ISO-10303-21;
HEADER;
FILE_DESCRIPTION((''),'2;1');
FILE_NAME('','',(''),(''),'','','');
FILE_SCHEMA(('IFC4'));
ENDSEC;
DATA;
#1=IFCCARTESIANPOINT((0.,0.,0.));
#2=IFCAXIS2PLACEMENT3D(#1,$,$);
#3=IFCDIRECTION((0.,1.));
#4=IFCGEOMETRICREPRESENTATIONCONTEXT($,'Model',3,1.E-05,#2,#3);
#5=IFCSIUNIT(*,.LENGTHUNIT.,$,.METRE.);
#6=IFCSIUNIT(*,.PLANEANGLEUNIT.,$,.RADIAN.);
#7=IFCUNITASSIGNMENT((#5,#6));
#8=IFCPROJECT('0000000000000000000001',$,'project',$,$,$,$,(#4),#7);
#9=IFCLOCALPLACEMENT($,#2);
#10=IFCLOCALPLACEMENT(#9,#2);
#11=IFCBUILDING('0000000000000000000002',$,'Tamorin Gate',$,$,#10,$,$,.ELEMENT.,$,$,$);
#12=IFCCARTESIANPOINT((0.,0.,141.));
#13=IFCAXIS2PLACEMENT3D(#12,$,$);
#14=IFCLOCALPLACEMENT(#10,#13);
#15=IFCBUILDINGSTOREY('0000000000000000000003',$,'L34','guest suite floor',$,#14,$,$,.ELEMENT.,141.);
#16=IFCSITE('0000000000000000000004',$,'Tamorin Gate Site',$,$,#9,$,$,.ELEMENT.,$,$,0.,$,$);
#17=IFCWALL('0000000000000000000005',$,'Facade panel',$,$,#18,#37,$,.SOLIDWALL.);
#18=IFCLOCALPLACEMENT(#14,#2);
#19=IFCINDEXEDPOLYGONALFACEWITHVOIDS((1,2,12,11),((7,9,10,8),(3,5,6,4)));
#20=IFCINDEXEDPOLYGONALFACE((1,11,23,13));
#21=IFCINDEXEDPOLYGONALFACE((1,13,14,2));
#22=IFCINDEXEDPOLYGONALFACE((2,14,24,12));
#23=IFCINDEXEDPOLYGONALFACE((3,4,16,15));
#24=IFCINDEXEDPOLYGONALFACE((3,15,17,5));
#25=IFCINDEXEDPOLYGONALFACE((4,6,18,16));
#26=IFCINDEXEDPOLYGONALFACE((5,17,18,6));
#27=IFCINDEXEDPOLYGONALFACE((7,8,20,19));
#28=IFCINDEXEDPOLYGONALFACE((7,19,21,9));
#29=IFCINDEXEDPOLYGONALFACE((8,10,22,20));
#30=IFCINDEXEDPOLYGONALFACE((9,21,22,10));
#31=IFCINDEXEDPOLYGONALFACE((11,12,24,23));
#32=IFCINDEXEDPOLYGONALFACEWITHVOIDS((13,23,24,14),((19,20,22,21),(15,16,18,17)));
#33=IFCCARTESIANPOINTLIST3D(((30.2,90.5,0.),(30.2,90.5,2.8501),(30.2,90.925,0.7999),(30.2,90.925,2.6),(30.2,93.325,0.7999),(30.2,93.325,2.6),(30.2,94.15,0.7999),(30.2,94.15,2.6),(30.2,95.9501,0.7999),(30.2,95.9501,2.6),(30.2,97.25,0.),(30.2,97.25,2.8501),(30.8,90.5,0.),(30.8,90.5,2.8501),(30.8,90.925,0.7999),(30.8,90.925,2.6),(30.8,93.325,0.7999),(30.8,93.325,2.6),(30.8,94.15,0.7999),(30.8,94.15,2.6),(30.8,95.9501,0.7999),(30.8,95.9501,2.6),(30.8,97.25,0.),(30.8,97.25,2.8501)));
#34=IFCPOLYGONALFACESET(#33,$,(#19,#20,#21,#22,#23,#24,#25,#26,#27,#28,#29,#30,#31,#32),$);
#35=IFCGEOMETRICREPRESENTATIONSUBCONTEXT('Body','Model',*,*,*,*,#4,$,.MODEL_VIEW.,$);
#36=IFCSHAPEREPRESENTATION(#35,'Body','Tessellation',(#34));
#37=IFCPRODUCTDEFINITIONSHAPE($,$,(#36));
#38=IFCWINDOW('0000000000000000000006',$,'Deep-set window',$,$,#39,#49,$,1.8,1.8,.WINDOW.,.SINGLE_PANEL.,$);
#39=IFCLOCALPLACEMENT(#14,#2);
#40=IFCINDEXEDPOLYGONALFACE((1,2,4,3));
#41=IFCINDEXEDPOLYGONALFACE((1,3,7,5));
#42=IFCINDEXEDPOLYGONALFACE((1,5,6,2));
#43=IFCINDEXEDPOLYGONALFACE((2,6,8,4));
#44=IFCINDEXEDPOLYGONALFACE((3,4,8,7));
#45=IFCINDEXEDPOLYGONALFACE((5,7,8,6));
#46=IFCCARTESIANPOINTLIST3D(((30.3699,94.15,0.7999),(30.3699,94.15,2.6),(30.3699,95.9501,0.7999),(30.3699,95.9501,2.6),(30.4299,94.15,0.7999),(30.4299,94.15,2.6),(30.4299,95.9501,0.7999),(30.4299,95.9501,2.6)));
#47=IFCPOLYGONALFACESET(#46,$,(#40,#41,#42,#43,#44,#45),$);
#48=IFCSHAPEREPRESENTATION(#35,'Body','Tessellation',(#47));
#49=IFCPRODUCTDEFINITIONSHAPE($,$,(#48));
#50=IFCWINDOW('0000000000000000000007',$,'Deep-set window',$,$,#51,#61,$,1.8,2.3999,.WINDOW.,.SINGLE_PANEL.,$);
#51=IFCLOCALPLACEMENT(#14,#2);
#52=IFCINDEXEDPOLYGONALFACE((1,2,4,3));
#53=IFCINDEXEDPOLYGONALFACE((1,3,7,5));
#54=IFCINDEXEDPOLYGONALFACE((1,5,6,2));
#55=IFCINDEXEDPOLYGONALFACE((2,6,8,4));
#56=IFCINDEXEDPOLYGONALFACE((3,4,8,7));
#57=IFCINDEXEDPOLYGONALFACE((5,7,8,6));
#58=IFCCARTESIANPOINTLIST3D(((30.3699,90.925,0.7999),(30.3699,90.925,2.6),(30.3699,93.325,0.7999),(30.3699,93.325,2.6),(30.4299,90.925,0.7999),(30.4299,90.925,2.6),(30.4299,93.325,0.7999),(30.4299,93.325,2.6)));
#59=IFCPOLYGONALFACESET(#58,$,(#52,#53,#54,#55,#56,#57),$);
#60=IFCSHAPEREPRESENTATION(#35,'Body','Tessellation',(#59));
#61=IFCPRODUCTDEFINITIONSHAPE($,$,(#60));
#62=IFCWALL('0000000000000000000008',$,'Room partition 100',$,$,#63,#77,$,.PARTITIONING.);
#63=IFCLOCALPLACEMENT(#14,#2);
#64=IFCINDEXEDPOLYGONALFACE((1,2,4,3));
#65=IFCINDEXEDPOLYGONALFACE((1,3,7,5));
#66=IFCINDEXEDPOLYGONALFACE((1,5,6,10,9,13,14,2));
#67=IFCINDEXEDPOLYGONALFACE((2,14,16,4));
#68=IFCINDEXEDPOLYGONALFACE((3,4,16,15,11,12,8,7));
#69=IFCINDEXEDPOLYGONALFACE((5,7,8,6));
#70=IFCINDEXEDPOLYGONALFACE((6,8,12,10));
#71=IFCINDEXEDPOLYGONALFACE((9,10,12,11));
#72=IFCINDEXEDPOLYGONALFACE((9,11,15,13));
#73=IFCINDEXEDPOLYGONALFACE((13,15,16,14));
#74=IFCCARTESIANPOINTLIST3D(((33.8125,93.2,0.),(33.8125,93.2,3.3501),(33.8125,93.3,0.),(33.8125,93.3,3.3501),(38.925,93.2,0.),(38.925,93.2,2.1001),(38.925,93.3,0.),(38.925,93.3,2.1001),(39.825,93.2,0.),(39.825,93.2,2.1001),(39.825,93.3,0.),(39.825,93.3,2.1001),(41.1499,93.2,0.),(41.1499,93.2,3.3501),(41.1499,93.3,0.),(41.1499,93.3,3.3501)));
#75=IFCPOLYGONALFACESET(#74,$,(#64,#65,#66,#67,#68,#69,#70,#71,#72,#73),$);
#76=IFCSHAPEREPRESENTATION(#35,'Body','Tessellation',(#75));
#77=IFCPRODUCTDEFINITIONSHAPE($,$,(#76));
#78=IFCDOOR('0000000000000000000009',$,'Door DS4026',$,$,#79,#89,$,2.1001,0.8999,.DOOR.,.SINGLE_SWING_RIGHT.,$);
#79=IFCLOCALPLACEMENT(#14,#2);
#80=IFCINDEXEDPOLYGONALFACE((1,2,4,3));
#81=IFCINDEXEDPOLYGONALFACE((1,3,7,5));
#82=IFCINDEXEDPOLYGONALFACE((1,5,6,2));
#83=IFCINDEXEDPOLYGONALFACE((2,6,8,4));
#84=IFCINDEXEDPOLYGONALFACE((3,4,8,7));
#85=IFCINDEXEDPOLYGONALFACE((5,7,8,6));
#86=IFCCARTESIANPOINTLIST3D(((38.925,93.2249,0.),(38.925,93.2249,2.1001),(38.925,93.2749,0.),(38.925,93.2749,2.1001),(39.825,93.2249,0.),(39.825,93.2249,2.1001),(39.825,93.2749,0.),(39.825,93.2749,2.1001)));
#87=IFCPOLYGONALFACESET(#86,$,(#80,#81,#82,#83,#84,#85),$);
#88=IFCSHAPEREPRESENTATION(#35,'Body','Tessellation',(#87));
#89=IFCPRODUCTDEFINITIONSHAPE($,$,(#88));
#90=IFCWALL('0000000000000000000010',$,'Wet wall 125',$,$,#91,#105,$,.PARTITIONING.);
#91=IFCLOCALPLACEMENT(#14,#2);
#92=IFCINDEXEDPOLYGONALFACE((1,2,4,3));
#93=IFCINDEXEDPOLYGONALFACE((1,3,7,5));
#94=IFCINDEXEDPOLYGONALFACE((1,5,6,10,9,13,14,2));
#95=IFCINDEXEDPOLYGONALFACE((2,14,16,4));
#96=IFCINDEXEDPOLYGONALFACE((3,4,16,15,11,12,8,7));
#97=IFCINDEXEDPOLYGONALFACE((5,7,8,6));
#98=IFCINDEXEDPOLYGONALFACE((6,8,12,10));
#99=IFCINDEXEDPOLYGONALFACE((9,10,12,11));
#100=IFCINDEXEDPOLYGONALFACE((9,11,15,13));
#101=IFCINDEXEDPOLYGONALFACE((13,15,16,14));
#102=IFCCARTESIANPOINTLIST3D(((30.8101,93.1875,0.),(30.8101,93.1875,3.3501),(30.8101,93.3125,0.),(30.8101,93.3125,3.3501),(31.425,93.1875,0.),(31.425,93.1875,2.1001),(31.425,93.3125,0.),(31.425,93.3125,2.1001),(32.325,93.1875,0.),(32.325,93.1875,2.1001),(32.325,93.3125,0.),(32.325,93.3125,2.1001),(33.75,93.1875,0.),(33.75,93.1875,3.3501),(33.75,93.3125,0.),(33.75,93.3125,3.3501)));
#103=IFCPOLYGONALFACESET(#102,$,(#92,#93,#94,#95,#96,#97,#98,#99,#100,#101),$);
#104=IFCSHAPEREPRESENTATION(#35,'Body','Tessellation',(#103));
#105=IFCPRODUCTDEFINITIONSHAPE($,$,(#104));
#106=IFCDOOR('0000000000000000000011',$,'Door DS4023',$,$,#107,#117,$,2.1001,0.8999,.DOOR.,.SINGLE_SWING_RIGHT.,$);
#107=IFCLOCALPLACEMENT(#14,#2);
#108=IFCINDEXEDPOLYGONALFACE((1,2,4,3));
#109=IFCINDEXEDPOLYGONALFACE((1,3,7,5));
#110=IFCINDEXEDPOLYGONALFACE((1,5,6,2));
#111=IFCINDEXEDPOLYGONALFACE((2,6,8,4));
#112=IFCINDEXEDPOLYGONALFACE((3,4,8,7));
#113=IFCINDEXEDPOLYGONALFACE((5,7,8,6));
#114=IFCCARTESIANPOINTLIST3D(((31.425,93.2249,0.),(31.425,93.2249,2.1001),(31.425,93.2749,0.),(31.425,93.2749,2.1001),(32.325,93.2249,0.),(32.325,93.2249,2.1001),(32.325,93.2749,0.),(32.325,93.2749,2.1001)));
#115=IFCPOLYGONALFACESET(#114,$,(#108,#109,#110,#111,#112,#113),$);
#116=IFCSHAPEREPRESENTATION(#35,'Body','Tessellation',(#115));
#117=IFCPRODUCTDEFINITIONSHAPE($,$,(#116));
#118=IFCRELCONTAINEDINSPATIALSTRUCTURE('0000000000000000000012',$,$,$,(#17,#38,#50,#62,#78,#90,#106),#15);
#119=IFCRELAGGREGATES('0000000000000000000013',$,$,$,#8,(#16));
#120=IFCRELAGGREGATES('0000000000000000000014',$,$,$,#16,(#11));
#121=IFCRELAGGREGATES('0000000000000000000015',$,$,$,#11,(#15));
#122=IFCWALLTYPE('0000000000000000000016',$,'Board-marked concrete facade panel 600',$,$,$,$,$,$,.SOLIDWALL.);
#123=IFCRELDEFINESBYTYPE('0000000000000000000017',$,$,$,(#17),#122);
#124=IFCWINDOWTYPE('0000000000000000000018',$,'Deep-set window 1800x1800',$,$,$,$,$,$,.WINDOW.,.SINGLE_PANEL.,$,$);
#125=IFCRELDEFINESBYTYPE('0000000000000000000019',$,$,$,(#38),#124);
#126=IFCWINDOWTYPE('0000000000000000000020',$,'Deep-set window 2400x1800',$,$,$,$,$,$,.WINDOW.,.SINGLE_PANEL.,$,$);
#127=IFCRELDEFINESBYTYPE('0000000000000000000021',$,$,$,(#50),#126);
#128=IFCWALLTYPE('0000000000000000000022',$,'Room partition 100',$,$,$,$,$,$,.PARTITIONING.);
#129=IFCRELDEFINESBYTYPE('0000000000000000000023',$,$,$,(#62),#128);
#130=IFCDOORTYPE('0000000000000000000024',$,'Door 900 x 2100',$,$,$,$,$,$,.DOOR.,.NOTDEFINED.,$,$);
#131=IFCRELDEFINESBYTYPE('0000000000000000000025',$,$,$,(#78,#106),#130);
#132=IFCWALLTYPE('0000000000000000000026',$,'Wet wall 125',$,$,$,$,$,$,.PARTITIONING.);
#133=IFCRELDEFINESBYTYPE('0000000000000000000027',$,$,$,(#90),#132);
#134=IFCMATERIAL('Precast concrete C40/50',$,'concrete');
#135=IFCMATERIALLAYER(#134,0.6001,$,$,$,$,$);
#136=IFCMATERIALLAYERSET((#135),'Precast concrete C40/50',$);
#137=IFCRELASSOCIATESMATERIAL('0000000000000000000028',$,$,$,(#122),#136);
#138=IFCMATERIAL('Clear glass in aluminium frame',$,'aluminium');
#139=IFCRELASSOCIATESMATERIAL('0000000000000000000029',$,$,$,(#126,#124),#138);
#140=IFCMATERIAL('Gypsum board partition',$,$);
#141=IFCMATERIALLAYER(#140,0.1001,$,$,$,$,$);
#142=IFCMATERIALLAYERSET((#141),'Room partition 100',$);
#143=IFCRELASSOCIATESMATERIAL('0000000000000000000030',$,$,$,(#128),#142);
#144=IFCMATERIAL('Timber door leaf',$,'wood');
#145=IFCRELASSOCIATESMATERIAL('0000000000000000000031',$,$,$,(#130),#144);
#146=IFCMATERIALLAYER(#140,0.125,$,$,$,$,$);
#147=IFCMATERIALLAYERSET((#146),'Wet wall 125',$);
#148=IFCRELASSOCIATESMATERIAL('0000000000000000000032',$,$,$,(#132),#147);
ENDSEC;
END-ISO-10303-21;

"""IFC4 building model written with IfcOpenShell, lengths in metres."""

from ifc_helpers import new_model, si_unit, direction, frame, frame_2d, origin, place, context, subcontext, project, spatial, rectangle, extrude, material, layer, layer_set, type_object, element, fill, save


model = new_model("IFC4")

# Units and contexts
model_context = context("Model", 3, precision=1e-05, world=origin(), true_north=direction((0.0, 1.0)))
body_context = subcontext(model_context, "Body", "Model", "MODEL_VIEW")
ifc_project = project(units=[si_unit("LENGTHUNIT", "METRE"), si_unit("PLANEANGLEUNIT", "RADIAN")], contexts=[model_context])

# Site, building, storey
site_placement = place(None, origin())
site = spatial("IfcSite", under=ifc_project, at=site_placement, Name="Tamorin Gate Site", CompositionType="ELEMENT", RefElevation=0.0)
building_placement = place(site_placement, origin())
building = spatial("IfcBuilding", under=site, at=building_placement, Name="Tamorin Gate", CompositionType="ELEMENT")
storey_placement = place(building_placement, frame((0.0, 0.0, 141.0)))
storey = spatial("IfcBuildingStorey", under=building, at=storey_placement, Name="L34", Description="guest suite floor", CompositionType="ELEMENT", Elevation=141.0)

# Shared definitions
ifc_material_1 = material(Name="Precast concrete C40/50", Category="concrete")
ifc_layer_1 = layer(ifc_material_1, 0.6001)
ifc_layer_set_1 = layer_set([ifc_layer_1], Name="Precast concrete C40/50")
wall_type_1 = type_object("IfcWallType", Name="Board-marked concrete facade panel 600", PredefinedType="SOLIDWALL", material=ifc_layer_set_1)

# Shared definitions
ifc_material_2 = material(Name="Clear glass in aluminium frame", Category="aluminium")
window_type_1 = type_object("IfcWindowType", Name="Deep-set window 2400x1800", PartitioningType="SINGLE_PANEL", PredefinedType="WINDOW", material=ifc_material_2)

# Wall, openings, windows
wall_1_placement = place(storey_placement, frame((30.5, 97.25, 0.0), z_axis=(0.0, 0.0, 1.0), x_axis=(0.0, -1.0, 0.0)))
wall_1 = element("IfcWall", 1, at=wall_1_placement, inside=storey, type_object=wall_type_1, Name="Facade panel", PredefinedType="SOLIDWALL", context=body_context, shape_type="SweptSolid", body=[
    extrude(rectangle(XDim=6.75, YDim=0.6001, at=frame_2d((3.375, 0.0))), origin(), (0.0, 0.0, 1.0), 2.8501),
])
opening_1_placement = place(wall_1_placement, frame((3.925, 0.0, 0.8)))
opening_1 = element("IfcOpeningElement", 2, at=opening_1_placement, cuts=wall_1, PredefinedType="OPENING", context=body_context, shape_type="SweptSolid", body=[
    extrude(rectangle(XDim=2.3999, YDim=1.8, at=frame_2d((1.2, 0.8999))), frame((0.0, 0.3101, 0.0), z_axis=(0.0, -1.0, 0.0), x_axis=(1.0, 0.0, 0.0)), (0.0, 0.0, 1.0), 0.6201),
])
opening_2_placement = place(wall_1_placement, frame((1.3, 0.0, 0.8)))
opening_2 = element("IfcOpeningElement", 3, at=opening_2_placement, cuts=wall_1, PredefinedType="OPENING", context=body_context, shape_type="SweptSolid", body=[
    extrude(rectangle(XDim=1.8, YDim=1.8, at=frame_2d((0.8999, 0.8999))), frame((0.0, 0.3101, 0.0), z_axis=(0.0, -1.0, 0.0), x_axis=(1.0, 0.0, 0.0)), (0.0, 0.0, 1.0), 0.6201),
])
window_type_2 = type_object("IfcWindowType", Name="Deep-set window 1800x1800", PartitioningType="SINGLE_PANEL", PredefinedType="WINDOW", material=ifc_material_2)
window_1_placement = place(opening_2_placement, origin())
window_1 = element("IfcWindow", 4, at=window_1_placement, inside=storey, type_object=window_type_2, Name="Deep-set window", OverallHeight=1.8, OverallWidth=1.8, PartitioningType="SINGLE_PANEL", PredefinedType="WINDOW", context=body_context, shape_type="SweptSolid", body=[
    extrude(rectangle(XDim=1.8, YDim=1.8, at=frame_2d((0.8999, 0.8999))), frame((0.0, -0.0701, 0.0), z_axis=(0.0, -1.0, 0.0), x_axis=(1.0, 0.0, 0.0)), (0.0, 0.0, 1.0), 0.0601),
])
fill(opening_2, window_1)
window_2_placement = place(opening_1_placement, origin())
window_2 = element("IfcWindow", 5, at=window_2_placement, inside=storey, type_object=window_type_1, Name="Deep-set window", OverallHeight=1.8, OverallWidth=2.3999, PartitioningType="SINGLE_PANEL", PredefinedType="WINDOW", context=body_context, shape_type="SweptSolid", body=[
    extrude(rectangle(XDim=2.3999, YDim=1.8, at=frame_2d((1.2, 0.8999))), frame((0.0, -0.0701, 0.0), z_axis=(0.0, -1.0, 0.0), x_axis=(1.0, 0.0, 0.0)), (0.0, 0.0, 1.0), 0.0601),
])
fill(opening_1, window_2)

# Walls, openings, doors
ifc_material_3 = material(Name="Gypsum board partition")
ifc_layer_2 = layer(ifc_material_3, 0.1001)
ifc_layer_set_2 = layer_set([ifc_layer_2], Name="Room partition 100")
wall_type_2 = type_object("IfcWallType", Name="Room partition 100", PredefinedType="PARTITIONING", material=ifc_layer_set_2)
wall_2_placement = place(storey_placement, frame((33.8125, 93.25, 0.0), z_axis=(0.0, 0.0, 1.0), x_axis=(1.0, 0.0, 0.0)))
wall_2 = element("IfcWall", 6, at=wall_2_placement, inside=storey, type_object=wall_type_2, Name="Room partition 100", PredefinedType="PARTITIONING", context=body_context, shape_type="SweptSolid", body=[
    extrude(rectangle(XDim=7.3374, YDim=0.1001, at=frame_2d((3.6687, 0.0))), origin(), (0.0, 0.0, 1.0), 3.3501),
])
opening_3_placement = place(wall_2_placement, frame((5.1125, 0.0, 0.0)))
opening_3 = element("IfcOpeningElement", 7, at=opening_3_placement, cuts=wall_2, PredefinedType="OPENING", context=body_context, shape_type="SweptSolid", body=[
    extrude(rectangle(XDim=0.8999, YDim=2.1001, at=frame_2d((0.45, 1.05))), frame((0.0, 0.0601, 0.0), z_axis=(0.0, -1.0, 0.0), x_axis=(1.0, 0.0, 0.0)), (0.0, 0.0, 1.0), 0.1201),
])
ifc_material_4 = material(Name="Timber door leaf", Category="wood")
door_type = type_object("IfcDoorType", Name="Door 900 x 2100", OperationType="NOTDEFINED", PredefinedType="DOOR", material=ifc_material_4)
door_1_placement = place(opening_3_placement, origin())
door_1 = element("IfcDoor", 8, at=door_1_placement, inside=storey, type_object=door_type, Name="Door DS4026", OperationType="SINGLE_SWING_RIGHT", OverallHeight=2.1001, OverallWidth=0.8999, PredefinedType="DOOR", context=body_context, shape_type="SweptSolid", body=[
    extrude(rectangle(XDim=0.8999, YDim=2.1001, at=frame_2d((0.45, 1.05))), frame((0.0, 0.0249, 0.0), z_axis=(0.0, -1.0, 0.0), x_axis=(1.0, 0.0, 0.0)), (0.0, 0.0, 1.0), 0.05),
])
fill(opening_3, door_1)
ifc_layer_3 = layer(ifc_material_3, 0.125)
ifc_layer_set_3 = layer_set([ifc_layer_3], Name="Wet wall 125")
wall_type_3 = type_object("IfcWallType", Name="Wet wall 125", PredefinedType="PARTITIONING", material=ifc_layer_set_3)
wall_3_placement = place(storey_placement, frame((30.8101, 93.25, 0.0), z_axis=(0.0, 0.0, 1.0), x_axis=(1.0, 0.0, 0.0)))
wall_3 = element("IfcWall", 9, at=wall_3_placement, inside=storey, type_object=wall_type_3, Name="Wet wall 125", PredefinedType="PARTITIONING", context=body_context, shape_type="SweptSolid", body=[
    extrude(rectangle(XDim=2.9399, YDim=0.125, at=frame_2d((1.47, 0.0))), origin(), (0.0, 0.0, 1.0), 3.3501),
])
opening_4_placement = place(wall_3_placement, frame((0.615, 0.0, 0.0)))
opening_4 = element("IfcOpeningElement", 10, at=opening_4_placement, cuts=wall_3, PredefinedType="OPENING", context=body_context, shape_type="SweptSolid", body=[
    extrude(rectangle(XDim=0.8999, YDim=2.1001, at=frame_2d((0.45, 1.05))), frame((0.0, 0.0725, 0.0), z_axis=(0.0, -1.0, 0.0), x_axis=(1.0, 0.0, 0.0)), (0.0, 0.0, 1.0), 0.145),
])
door_2_placement = place(opening_4_placement, origin())
door_2 = element("IfcDoor", 11, at=door_2_placement, inside=storey, type_object=door_type, Name="Door DS4023", OperationType="SINGLE_SWING_RIGHT", OverallHeight=2.1001, OverallWidth=0.8999, PredefinedType="DOOR", context=body_context, shape_type="SweptSolid", body=[
    extrude(rectangle(XDim=0.8999, YDim=2.1001, at=frame_2d((0.45, 1.05))), frame((0.0, 0.0249, 0.0), z_axis=(0.0, -1.0, 0.0), x_axis=(1.0, 0.0, 0.0)), (0.0, 0.0, 1.0), 0.05),
])
fill(opening_4, door_2)

save(model, "model.ifc")
